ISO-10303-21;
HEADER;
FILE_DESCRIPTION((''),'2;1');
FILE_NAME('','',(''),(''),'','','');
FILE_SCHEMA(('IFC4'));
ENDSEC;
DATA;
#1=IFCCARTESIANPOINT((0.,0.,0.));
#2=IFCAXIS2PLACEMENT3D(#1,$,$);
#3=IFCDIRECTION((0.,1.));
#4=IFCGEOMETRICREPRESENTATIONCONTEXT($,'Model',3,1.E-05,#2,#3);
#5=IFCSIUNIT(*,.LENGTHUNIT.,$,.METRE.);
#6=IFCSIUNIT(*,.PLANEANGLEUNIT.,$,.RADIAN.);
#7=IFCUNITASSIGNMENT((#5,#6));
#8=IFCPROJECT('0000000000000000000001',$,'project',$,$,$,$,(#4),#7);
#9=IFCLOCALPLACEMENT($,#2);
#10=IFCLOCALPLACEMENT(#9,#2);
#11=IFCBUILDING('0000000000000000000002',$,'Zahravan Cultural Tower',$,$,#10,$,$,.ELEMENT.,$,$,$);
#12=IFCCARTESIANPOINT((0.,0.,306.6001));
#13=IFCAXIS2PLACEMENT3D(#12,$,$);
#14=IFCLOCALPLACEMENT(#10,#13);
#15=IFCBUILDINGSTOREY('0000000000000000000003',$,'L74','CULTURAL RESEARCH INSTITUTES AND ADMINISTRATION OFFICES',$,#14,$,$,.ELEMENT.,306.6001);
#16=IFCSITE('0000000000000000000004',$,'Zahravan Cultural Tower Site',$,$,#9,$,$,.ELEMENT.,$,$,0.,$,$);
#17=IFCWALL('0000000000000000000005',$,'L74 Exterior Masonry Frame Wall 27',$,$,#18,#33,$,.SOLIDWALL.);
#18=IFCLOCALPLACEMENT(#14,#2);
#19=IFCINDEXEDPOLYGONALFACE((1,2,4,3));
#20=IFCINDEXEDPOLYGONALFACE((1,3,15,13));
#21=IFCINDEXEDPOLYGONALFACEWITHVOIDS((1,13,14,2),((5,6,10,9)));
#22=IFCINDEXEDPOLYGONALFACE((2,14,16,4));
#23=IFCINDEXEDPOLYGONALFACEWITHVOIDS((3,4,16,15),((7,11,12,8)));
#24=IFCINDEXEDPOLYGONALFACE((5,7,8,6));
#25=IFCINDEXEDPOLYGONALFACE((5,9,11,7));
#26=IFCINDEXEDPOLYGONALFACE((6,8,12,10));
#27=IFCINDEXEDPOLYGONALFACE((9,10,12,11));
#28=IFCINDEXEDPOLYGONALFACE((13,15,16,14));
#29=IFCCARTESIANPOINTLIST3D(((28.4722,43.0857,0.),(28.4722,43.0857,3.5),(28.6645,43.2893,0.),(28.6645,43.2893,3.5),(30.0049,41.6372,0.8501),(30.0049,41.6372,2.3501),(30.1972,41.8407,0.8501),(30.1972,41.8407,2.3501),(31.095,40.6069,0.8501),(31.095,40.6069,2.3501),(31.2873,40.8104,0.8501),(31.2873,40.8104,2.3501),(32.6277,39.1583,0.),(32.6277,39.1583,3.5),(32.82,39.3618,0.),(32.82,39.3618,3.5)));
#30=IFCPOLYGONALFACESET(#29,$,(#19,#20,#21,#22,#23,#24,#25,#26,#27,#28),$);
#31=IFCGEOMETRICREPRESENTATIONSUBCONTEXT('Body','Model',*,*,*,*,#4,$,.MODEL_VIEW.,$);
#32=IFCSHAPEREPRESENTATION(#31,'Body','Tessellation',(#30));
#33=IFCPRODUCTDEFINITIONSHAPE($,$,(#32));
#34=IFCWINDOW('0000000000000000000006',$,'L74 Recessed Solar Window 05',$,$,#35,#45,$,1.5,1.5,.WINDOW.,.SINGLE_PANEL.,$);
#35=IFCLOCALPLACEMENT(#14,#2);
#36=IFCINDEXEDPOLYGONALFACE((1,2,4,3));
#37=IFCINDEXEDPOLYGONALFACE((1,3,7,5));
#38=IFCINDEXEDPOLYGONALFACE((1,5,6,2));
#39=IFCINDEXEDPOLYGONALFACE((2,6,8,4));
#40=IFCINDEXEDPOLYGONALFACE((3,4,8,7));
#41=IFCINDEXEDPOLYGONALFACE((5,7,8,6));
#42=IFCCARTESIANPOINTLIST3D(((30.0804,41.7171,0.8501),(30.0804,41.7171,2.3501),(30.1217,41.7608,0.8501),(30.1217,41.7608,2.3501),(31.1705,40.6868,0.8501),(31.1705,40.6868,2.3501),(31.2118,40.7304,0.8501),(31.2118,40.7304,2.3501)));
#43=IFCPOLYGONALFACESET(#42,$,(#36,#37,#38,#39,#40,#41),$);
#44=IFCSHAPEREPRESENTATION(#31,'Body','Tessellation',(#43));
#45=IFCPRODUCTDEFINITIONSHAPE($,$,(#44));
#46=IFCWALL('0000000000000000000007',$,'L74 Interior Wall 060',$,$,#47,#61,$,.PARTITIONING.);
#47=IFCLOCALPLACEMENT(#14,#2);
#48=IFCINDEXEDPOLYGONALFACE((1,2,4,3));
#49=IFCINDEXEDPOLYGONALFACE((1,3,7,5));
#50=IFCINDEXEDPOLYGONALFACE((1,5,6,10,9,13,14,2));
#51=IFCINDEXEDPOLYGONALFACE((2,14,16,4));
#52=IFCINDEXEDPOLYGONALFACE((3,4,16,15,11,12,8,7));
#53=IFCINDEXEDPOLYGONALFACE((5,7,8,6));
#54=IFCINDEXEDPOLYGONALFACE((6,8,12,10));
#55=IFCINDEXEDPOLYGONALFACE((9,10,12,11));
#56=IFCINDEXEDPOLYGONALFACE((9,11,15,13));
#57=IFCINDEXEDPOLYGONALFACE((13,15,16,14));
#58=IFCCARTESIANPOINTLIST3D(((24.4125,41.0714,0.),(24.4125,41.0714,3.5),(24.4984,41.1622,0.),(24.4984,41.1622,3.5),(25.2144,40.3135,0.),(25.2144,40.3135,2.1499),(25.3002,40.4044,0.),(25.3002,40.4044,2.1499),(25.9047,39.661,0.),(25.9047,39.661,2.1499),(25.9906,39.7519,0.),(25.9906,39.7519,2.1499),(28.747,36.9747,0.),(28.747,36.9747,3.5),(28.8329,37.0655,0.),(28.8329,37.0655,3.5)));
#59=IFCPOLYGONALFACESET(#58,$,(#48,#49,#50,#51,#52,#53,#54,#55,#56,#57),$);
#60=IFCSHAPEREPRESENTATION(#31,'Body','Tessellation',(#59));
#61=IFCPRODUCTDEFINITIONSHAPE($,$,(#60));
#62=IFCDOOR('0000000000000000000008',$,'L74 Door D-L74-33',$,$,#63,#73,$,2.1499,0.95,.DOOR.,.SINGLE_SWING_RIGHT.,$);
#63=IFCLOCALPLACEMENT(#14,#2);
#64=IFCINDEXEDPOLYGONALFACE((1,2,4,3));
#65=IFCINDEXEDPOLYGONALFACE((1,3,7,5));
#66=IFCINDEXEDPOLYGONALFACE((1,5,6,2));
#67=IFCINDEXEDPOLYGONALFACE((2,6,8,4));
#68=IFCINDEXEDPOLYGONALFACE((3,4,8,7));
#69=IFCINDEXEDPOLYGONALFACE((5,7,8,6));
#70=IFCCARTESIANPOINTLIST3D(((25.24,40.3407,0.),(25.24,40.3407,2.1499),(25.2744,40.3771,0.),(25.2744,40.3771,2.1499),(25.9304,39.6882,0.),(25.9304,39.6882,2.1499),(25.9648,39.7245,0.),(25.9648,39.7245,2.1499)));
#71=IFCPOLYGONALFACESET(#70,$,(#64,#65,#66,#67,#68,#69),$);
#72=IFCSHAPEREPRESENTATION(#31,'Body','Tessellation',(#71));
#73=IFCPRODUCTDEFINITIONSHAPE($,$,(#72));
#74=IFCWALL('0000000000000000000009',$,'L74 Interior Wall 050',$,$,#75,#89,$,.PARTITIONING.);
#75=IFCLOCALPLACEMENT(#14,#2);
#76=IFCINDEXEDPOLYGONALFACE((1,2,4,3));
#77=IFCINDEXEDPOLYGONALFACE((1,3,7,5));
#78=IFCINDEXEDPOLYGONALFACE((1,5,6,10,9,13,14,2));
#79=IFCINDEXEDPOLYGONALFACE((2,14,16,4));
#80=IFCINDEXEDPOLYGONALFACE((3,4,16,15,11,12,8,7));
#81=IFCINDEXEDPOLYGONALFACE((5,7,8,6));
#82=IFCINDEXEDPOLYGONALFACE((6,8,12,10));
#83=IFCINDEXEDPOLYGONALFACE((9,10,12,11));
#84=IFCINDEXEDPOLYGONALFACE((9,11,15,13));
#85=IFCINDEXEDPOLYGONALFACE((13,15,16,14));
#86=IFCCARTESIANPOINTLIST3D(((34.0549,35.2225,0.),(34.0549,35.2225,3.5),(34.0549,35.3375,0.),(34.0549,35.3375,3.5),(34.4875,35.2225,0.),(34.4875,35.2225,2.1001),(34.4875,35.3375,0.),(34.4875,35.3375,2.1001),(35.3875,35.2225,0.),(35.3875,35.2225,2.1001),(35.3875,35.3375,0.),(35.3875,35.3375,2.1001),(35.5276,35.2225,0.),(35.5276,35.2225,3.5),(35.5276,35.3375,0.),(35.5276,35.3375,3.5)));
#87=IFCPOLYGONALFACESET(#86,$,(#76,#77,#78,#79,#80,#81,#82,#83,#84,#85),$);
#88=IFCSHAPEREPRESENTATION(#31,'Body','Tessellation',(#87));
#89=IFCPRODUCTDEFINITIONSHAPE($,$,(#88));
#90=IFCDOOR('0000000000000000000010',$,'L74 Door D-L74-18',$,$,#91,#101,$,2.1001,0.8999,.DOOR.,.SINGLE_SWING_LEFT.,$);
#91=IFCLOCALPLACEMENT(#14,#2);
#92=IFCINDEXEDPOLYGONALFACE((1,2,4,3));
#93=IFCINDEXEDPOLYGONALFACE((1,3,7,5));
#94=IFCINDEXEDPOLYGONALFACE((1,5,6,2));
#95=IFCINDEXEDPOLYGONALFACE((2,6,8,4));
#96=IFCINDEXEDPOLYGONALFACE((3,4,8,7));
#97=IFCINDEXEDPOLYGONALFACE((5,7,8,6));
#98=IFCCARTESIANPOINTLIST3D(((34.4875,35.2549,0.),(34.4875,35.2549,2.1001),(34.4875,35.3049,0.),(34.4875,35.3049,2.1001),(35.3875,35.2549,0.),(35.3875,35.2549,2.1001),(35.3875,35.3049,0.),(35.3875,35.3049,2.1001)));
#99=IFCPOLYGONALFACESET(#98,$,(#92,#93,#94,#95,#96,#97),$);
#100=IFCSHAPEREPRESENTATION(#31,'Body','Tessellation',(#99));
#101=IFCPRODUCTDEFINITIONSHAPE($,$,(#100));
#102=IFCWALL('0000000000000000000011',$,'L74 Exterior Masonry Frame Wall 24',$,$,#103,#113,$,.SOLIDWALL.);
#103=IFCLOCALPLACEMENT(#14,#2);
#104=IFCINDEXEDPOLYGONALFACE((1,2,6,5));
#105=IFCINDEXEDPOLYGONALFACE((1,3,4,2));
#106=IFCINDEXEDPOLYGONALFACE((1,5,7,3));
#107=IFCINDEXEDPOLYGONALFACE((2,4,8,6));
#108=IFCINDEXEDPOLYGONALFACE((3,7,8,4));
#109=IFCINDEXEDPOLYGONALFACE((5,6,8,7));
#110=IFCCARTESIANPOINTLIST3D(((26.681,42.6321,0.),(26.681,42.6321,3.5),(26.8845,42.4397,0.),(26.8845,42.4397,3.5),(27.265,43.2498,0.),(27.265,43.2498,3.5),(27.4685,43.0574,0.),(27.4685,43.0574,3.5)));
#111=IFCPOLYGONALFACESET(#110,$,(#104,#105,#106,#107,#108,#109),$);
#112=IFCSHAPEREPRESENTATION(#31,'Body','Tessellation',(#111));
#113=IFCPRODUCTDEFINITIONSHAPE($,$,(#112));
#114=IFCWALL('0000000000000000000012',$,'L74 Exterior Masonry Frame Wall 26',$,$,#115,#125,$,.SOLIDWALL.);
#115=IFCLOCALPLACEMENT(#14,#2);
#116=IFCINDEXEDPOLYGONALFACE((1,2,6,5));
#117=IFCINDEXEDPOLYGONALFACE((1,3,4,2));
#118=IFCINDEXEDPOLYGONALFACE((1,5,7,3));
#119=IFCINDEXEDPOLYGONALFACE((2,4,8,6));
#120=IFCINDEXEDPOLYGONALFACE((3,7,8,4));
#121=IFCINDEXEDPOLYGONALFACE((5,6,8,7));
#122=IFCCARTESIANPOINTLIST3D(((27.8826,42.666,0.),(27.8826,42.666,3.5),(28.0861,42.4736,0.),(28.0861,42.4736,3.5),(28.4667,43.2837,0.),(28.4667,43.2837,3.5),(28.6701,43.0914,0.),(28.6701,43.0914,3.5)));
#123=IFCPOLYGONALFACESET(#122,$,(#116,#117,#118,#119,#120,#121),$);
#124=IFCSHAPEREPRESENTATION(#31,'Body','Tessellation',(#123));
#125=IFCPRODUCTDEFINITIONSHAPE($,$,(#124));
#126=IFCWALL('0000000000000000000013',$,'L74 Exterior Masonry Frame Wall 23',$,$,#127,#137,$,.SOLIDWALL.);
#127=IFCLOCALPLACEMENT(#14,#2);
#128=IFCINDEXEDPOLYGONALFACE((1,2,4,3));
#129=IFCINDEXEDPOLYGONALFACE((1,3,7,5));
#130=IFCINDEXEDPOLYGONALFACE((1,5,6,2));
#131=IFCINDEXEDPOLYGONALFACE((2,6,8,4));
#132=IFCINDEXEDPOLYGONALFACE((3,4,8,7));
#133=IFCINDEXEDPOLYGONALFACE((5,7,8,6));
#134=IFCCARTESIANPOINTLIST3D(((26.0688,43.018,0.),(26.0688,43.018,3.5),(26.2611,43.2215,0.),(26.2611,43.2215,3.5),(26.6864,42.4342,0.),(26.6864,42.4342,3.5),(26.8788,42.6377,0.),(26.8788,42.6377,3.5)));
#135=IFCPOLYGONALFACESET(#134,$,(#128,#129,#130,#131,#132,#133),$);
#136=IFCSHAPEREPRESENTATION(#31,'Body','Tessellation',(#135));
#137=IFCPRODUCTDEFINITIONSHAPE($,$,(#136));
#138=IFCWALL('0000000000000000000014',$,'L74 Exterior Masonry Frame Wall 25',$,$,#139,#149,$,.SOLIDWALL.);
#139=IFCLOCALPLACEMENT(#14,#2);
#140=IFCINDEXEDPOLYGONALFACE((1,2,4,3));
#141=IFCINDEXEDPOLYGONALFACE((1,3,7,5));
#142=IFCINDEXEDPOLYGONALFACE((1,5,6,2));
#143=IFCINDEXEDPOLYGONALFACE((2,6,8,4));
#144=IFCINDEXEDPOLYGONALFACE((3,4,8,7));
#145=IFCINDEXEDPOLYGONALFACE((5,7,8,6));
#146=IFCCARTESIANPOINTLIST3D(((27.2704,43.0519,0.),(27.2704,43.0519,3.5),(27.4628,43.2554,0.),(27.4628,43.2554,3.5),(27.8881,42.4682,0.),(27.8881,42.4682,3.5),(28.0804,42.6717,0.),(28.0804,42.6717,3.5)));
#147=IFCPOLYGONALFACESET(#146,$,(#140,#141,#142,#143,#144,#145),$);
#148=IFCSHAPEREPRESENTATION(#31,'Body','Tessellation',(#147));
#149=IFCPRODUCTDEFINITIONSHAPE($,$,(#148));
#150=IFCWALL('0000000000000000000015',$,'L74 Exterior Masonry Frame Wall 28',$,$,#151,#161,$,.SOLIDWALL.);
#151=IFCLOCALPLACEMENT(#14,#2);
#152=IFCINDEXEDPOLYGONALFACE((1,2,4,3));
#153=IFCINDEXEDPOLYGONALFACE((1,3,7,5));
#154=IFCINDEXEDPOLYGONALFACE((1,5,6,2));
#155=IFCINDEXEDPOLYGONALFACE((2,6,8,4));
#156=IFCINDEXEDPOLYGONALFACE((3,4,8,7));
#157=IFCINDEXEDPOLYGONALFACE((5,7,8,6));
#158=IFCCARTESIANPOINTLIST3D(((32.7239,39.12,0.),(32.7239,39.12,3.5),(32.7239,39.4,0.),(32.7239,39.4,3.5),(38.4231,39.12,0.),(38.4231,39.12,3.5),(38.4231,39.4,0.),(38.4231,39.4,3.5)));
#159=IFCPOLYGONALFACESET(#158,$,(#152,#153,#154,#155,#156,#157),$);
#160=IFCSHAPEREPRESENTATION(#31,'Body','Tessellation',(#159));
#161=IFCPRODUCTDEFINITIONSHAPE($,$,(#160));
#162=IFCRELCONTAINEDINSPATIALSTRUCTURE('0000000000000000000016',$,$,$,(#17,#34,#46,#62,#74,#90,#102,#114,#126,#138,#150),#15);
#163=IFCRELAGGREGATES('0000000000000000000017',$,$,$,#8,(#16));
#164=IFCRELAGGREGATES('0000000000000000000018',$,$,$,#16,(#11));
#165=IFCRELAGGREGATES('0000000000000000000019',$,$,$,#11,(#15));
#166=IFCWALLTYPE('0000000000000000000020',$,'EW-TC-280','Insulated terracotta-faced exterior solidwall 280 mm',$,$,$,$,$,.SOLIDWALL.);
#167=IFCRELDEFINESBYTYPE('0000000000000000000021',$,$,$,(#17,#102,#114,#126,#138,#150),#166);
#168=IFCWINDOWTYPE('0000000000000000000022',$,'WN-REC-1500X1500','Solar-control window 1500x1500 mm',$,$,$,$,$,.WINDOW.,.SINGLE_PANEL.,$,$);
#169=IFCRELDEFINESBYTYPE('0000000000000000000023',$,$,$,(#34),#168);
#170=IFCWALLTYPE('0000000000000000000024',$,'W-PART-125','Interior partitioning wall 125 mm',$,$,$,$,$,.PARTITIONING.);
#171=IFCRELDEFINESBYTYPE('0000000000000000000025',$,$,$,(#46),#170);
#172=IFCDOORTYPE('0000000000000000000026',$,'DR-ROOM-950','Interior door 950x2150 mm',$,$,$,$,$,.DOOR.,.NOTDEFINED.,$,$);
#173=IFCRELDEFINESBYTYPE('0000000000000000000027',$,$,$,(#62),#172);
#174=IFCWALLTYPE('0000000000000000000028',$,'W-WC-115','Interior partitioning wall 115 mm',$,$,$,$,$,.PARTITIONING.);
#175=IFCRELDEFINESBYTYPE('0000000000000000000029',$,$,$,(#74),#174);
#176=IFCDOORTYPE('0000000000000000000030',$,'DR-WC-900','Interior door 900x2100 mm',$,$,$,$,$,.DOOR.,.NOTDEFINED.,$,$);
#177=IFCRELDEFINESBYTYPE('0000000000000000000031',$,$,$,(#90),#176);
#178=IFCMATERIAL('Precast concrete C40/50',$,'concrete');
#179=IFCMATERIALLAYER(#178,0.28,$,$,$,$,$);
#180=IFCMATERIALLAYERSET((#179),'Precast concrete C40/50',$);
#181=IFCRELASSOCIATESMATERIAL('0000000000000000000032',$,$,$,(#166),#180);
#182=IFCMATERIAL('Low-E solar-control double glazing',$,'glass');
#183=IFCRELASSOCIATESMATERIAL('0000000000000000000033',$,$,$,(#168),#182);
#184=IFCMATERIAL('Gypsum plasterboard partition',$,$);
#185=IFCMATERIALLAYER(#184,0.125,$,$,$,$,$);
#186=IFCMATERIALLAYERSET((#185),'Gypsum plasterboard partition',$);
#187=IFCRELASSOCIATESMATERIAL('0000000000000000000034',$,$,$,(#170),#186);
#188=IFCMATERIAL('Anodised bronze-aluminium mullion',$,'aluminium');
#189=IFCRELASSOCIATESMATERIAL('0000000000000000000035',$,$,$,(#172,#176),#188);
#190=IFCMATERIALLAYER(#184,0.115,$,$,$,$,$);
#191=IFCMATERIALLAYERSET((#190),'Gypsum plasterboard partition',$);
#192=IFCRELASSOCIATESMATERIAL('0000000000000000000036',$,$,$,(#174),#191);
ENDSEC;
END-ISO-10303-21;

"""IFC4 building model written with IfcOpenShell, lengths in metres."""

from ifc_helpers import new_model, si_unit, direction, frame, frame_2d, origin, place, context, subcontext, project, spatial, rectangle, extrude, source, transform, mapped, material, layer, layer_set, type_object, element, fill, save


model = new_model("IFC4")

# Units and contexts
model_context = context("Model", 3, precision=1e-05, world=origin(), true_north=direction((0.0, 1.0)))
body_context = subcontext(model_context, "Body", "Model", "MODEL_VIEW")
ifc_project = project(units=[si_unit("LENGTHUNIT", "METRE"), si_unit("PLANEANGLEUNIT", "RADIAN")], contexts=[model_context])

# Site, building, storey
site_placement = place(None, origin())
site = spatial("IfcSite", under=ifc_project, at=site_placement, Name="Zahravan Cultural Tower Site", CompositionType="ELEMENT", RefElevation=0.0)
building_placement = place(site_placement, origin())
building = spatial("IfcBuilding", under=site, at=building_placement, Name="Zahravan Cultural Tower", CompositionType="ELEMENT")
storey_placement = place(building_placement, frame((0.0, 0.0, 306.6001)))
storey = spatial("IfcBuildingStorey", under=building, at=storey_placement, Name="L74", Description="CULTURAL RESEARCH INSTITUTES AND ADMINISTRATION OFFICES", CompositionType="ELEMENT", Elevation=306.6001)

# Wall, opening, window
ifc_material_1 = material(Name="Precast concrete C40/50", Category="concrete")
ifc_layer_1 = layer(ifc_material_1, 0.28)
ifc_layer_set_1 = layer_set([ifc_layer_1], Name="Precast concrete C40/50")
wall_type_1 = type_object("IfcWallType", Name="EW-TC-280", Description="Insulated terracotta-faced exterior solidwall 280 mm", PredefinedType="SOLIDWALL", material=ifc_layer_set_1)
wall_1_placement = place(storey_placement, frame((28.5684, 43.1875, 0.0), z_axis=(0.0, 0.0, 1.0), x_axis=(0.726766, -0.686886, 0.0)))
wall_1 = element("IfcWall", 1, at=wall_1_placement, inside=storey, type_object=wall_type_1, Name="L74 Exterior Masonry Frame Wall 27", PredefinedType="SOLIDWALL", context=body_context, shape_type="SweptSolid", body=[
    extrude(rectangle(XDim=5.7178, YDim=0.28, at=frame_2d((2.8589, 0.0))), origin(), (0.0, 0.0, 1.0), 3.5),
])
opening_1_placement = place(wall_1_placement, frame((2.1089, 0.0, 0.8501)))
opening_1 = element("IfcOpeningElement", 2, at=opening_1_placement, cuts=wall_1, PredefinedType="OPENING", context=body_context, shape_type="SweptSolid", body=[
    extrude(rectangle(XDim=1.5, YDim=1.5, at=frame_2d((0.75, 0.75))), frame((0.0, 0.1499, 0.0), z_axis=(0.0, -1.0, 0.0), x_axis=(1.0, 0.0, 0.0)), (0.0, 0.0, 1.0), 0.3),
])
ifc_material_2 = material(Name="Low-E solar-control double glazing", Category="glass")
window_type = type_object("IfcWindowType", Name="WN-REC-1500X1500", Description="Solar-control window 1500x1500 mm", PartitioningType="SINGLE_PANEL", PredefinedType="WINDOW", material=ifc_material_2)
shared_shape_1 = source(origin(), body_context, "Body", "SweptSolid", [
    extrude(rectangle(XDim=1.5, YDim=1.5, at=frame_2d((0.75, 0.75))), frame((0.0, 0.03, 0.0), z_axis=(0.0, -1.0, 0.0), x_axis=(1.0, 0.0, 0.0)), (0.0, 0.0, 1.0), 0.0601),
])
window_placement = place(opening_1_placement, origin())
window = element("IfcWindow", 3, at=window_placement, inside=storey, type_object=window_type, Name="L74 Recessed Solar Window 05", OverallHeight=1.5, OverallWidth=1.5, PartitioningType="SINGLE_PANEL", PredefinedType="WINDOW", context=body_context, shape_type="MappedRepresentation", body=[
    mapped(shared_shape_1, transform((0.0, 0.0, 0.0), x_axis=(1.0, 0.0, 0.0), y_axis=(0.0, 1.0, 0.0), z_axis=(0.0, 0.0, 1.0), scale=1.0)),
])
fill(opening_1, window)

# Walls, openings, doors
ifc_material_3 = material(Name="Gypsum plasterboard partition")
ifc_layer_2 = layer(ifc_material_3, 0.125)
ifc_layer_set_2 = layer_set([ifc_layer_2], Name="Gypsum plasterboard partition")
wall_type_2 = type_object("IfcWallType", Name="W-PART-125", Description="Interior partitioning wall 125 mm", PredefinedType="PARTITIONING", material=ifc_layer_set_2)
wall_2_placement = place(storey_placement, frame((24.4556, 41.1167, 0.0), z_axis=(0.0, 0.0, 1.0), x_axis=(0.726761, -0.68689, 0.0)))
wall_2 = element("IfcWall", 4, at=wall_2_placement, inside=storey, type_object=wall_type_2, Name="L74 Interior Wall 060", PredefinedType="PARTITIONING", context=body_context, shape_type="SweptSolid", body=[
    extrude(rectangle(XDim=5.9641, YDim=0.125, at=frame_2d((2.9819, 0.0))), origin(), (0.0, 0.0, 1.0), 3.5),
])
opening_2_placement = place(wall_2_placement, frame((1.103, 0.0, 0.0)))
opening_2 = element("IfcOpeningElement", 5, at=opening_2_placement, cuts=wall_2, PredefinedType="OPENING", context=body_context, shape_type="SweptSolid", body=[
    extrude(rectangle(XDim=0.95, YDim=2.1499, at=frame_2d((0.4751, 1.075))), frame((0.0, 0.0725, 0.0), z_axis=(0.0, -1.0, 0.0), x_axis=(1.0, 0.0, 0.0)), (0.0, 0.0, 1.0), 0.145),
])
ifc_material_4 = material(Name="Anodised bronze-aluminium mullion", Category="aluminium")
door_type_1 = type_object("IfcDoorType", Name="DR-ROOM-950", Description="Interior door 950x2150 mm", OperationType="NOTDEFINED", PredefinedType="DOOR", material=ifc_material_4)
shared_shape_2 = source(origin(), body_context, "Body", "SweptSolid", [
    extrude(rectangle(XDim=0.95, YDim=2.1499, at=frame_2d((0.4751, 1.075))), frame((0.0, 0.0249, 0.0), z_axis=(0.0, -1.0, 0.0), x_axis=(1.0, 0.0, 0.0)), (0.0, 0.0, 1.0), 0.05),
])
door_1_placement = place(opening_2_placement, origin())
door_1 = element("IfcDoor", 6, at=door_1_placement, inside=storey, type_object=door_type_1, Name="L74 Door D-L74-33", OperationType="SINGLE_SWING_RIGHT", OverallHeight=2.1499, OverallWidth=0.95, PredefinedType="DOOR", context=body_context, shape_type="MappedRepresentation", body=[
    mapped(shared_shape_2, transform((0.0, 0.0, 0.0), x_axis=(1.0, 0.0, 0.0), y_axis=(0.0, 1.0, 0.0), z_axis=(0.0, 0.0, 1.0), scale=1.0)),
])
fill(opening_2, door_1)
ifc_layer_3 = layer(ifc_material_3, 0.115)
ifc_layer_set_3 = layer_set([ifc_layer_3], Name="Gypsum plasterboard partition")
wall_type_3 = type_object("IfcWallType", Name="W-WC-115", Description="Interior partitioning wall 115 mm", PredefinedType="PARTITIONING", material=ifc_layer_set_3)
wall_3_placement = place(storey_placement, frame((34.0549, 35.28, 0.0), z_axis=(0.0, 0.0, 1.0), x_axis=(1.0, 0.0, 0.0)))
wall_3 = element("IfcWall", 7, at=wall_3_placement, inside=storey, type_object=wall_type_3, Name="L74 Interior Wall 050", PredefinedType="PARTITIONING", context=body_context, shape_type="SweptSolid", body=[
    extrude(rectangle(XDim=1.4727, YDim=0.115, at=frame_2d((0.7363, 0.0))), origin(), (0.0, 0.0, 1.0), 3.5),
])
opening_3_placement = place(wall_3_placement, frame((0.4326, 0.0, 0.0)))
opening_3 = element("IfcOpeningElement", 8, at=opening_3_placement, cuts=wall_3, PredefinedType="OPENING", context=body_context, shape_type="SweptSolid", body=[
    extrude(rectangle(XDim=0.8999, YDim=2.1001, at=frame_2d((0.45, 1.05))), frame((0.0, 0.0674, 0.0), z_axis=(0.0, -1.0, 0.0), x_axis=(1.0, 0.0, 0.0)), (0.0, 0.0, 1.0), 0.135),
])
door_type_2 = type_object("IfcDoorType", Name="DR-WC-900", Description="Interior door 900x2100 mm", OperationType="NOTDEFINED", PredefinedType="DOOR", material=ifc_material_4)
shared_shape_3 = source(origin(), body_context, "Body", "SweptSolid", [
    extrude(rectangle(XDim=0.8999, YDim=2.1001, at=frame_2d((0.45, 1.05))), frame((0.0, 0.0249, 0.0), z_axis=(0.0, -1.0, 0.0), x_axis=(1.0, 0.0, 0.0)), (0.0, 0.0, 1.0), 0.05),
])
door_2_placement = place(opening_3_placement, origin())
door_2 = element("IfcDoor", 9, at=door_2_placement, inside=storey, type_object=door_type_2, Name="L74 Door D-L74-18", OperationType="SINGLE_SWING_LEFT", OverallHeight=2.1001, OverallWidth=0.8999, PredefinedType="DOOR", context=body_context, shape_type="MappedRepresentation", body=[
    mapped(shared_shape_3, transform((0.0, 0.0, 0.0), x_axis=(1.0, 0.0, 0.0), y_axis=(0.0, 1.0, 0.0), z_axis=(0.0, 0.0, 1.0), scale=1.0)),
])
fill(opening_3, door_2)

# Walls
shared_shape_4 = source(origin(), body_context, "Body", "SweptSolid", [
    extrude(rectangle(XDim=0.8501, YDim=0.28, at=frame_2d((0.425, 0.0))), origin(), (0.0, 0.0, 1.0), 3.5),
])
for number, where, z_axis, x_axis, name in (
    (10, (26.7827, 42.5359, 0.0), (0.0, 0.0, 1.0), (0.687011, 0.726647, 0.0), "L74 Exterior Masonry Frame Wall 24"),
    (11, (27.9844, 42.5698, 0.0), (0.0, 0.0, 1.0), (0.687011, 0.726647, 0.0), "L74 Exterior Masonry Frame Wall 26"),
):
    element("IfcWall", number, at=place(storey_placement, frame(where, z_axis=z_axis, x_axis=x_axis)), inside=storey, type_object=wall_type_1, Name=name, PredefinedType="SOLIDWALL", context=body_context, shape_type="MappedRepresentation", body=[
        mapped(shared_shape_4, transform((0.0, 0.0, 0.0), x_axis=(1.0, 0.0, 0.0), y_axis=(0.0, 1.0, 0.0), z_axis=(0.0, 0.0, 1.0), scale=1.0)),
    ])
shared_shape_5 = source(origin(), body_context, "Body", "SweptSolid", [
    extrude(rectangle(XDim=0.8499, YDim=0.28, at=frame_2d((0.4248, 0.0))), origin(), (0.0, 0.0, 1.0), 3.5),
])
for number, where, z_axis, x_axis, name in (
    (12, (26.165, 43.1196, 0.0), (0.0, 0.0, 1.0), (0.72679, -0.68686, 0.0), "L74 Exterior Masonry Frame Wall 23"),
    (13, (27.3667, 43.1536, 0.0), (0.0, 0.0, 1.0), (0.72679, -0.68686, 0.0), "L74 Exterior Masonry Frame Wall 25"),
):
    element("IfcWall", number, at=place(storey_placement, frame(where, z_axis=z_axis, x_axis=x_axis)), inside=storey, type_object=wall_type_1, Name=name, PredefinedType="SOLIDWALL", context=body_context, shape_type="MappedRepresentation", body=[
        mapped(shared_shape_5, transform((0.0, 0.0, 0.0), x_axis=(1.0, 0.0, 0.0), y_axis=(0.0, 1.0, 0.0), z_axis=(0.0, 0.0, 1.0), scale=1.0)),
    ])
shared_shape_6 = source(origin(), body_context, "Body", "SweptSolid", [
    extrude(rectangle(XDim=5.6992, YDim=0.28, at=frame_2d((2.8496, 0.0))), origin(), (0.0, 0.0, 1.0), 3.5),
])
wall_4_placement = place(storey_placement, frame((32.7239, 39.26, 0.0), z_axis=(0.0, 0.0, 1.0), x_axis=(1.0, 0.0, 0.0)))
element("IfcWall", 14, at=wall_4_placement, inside=storey, type_object=wall_type_1, Name="L74 Exterior Masonry Frame Wall 28", PredefinedType="SOLIDWALL", context=body_context, shape_type="MappedRepresentation", body=[
    mapped(shared_shape_6, transform((0.0, 0.0, 0.0), x_axis=(1.0, 0.0, 0.0), y_axis=(0.0, 1.0, 0.0), z_axis=(0.0, 0.0, 1.0), scale=1.0)),
])

save(model, "model.ifc")
